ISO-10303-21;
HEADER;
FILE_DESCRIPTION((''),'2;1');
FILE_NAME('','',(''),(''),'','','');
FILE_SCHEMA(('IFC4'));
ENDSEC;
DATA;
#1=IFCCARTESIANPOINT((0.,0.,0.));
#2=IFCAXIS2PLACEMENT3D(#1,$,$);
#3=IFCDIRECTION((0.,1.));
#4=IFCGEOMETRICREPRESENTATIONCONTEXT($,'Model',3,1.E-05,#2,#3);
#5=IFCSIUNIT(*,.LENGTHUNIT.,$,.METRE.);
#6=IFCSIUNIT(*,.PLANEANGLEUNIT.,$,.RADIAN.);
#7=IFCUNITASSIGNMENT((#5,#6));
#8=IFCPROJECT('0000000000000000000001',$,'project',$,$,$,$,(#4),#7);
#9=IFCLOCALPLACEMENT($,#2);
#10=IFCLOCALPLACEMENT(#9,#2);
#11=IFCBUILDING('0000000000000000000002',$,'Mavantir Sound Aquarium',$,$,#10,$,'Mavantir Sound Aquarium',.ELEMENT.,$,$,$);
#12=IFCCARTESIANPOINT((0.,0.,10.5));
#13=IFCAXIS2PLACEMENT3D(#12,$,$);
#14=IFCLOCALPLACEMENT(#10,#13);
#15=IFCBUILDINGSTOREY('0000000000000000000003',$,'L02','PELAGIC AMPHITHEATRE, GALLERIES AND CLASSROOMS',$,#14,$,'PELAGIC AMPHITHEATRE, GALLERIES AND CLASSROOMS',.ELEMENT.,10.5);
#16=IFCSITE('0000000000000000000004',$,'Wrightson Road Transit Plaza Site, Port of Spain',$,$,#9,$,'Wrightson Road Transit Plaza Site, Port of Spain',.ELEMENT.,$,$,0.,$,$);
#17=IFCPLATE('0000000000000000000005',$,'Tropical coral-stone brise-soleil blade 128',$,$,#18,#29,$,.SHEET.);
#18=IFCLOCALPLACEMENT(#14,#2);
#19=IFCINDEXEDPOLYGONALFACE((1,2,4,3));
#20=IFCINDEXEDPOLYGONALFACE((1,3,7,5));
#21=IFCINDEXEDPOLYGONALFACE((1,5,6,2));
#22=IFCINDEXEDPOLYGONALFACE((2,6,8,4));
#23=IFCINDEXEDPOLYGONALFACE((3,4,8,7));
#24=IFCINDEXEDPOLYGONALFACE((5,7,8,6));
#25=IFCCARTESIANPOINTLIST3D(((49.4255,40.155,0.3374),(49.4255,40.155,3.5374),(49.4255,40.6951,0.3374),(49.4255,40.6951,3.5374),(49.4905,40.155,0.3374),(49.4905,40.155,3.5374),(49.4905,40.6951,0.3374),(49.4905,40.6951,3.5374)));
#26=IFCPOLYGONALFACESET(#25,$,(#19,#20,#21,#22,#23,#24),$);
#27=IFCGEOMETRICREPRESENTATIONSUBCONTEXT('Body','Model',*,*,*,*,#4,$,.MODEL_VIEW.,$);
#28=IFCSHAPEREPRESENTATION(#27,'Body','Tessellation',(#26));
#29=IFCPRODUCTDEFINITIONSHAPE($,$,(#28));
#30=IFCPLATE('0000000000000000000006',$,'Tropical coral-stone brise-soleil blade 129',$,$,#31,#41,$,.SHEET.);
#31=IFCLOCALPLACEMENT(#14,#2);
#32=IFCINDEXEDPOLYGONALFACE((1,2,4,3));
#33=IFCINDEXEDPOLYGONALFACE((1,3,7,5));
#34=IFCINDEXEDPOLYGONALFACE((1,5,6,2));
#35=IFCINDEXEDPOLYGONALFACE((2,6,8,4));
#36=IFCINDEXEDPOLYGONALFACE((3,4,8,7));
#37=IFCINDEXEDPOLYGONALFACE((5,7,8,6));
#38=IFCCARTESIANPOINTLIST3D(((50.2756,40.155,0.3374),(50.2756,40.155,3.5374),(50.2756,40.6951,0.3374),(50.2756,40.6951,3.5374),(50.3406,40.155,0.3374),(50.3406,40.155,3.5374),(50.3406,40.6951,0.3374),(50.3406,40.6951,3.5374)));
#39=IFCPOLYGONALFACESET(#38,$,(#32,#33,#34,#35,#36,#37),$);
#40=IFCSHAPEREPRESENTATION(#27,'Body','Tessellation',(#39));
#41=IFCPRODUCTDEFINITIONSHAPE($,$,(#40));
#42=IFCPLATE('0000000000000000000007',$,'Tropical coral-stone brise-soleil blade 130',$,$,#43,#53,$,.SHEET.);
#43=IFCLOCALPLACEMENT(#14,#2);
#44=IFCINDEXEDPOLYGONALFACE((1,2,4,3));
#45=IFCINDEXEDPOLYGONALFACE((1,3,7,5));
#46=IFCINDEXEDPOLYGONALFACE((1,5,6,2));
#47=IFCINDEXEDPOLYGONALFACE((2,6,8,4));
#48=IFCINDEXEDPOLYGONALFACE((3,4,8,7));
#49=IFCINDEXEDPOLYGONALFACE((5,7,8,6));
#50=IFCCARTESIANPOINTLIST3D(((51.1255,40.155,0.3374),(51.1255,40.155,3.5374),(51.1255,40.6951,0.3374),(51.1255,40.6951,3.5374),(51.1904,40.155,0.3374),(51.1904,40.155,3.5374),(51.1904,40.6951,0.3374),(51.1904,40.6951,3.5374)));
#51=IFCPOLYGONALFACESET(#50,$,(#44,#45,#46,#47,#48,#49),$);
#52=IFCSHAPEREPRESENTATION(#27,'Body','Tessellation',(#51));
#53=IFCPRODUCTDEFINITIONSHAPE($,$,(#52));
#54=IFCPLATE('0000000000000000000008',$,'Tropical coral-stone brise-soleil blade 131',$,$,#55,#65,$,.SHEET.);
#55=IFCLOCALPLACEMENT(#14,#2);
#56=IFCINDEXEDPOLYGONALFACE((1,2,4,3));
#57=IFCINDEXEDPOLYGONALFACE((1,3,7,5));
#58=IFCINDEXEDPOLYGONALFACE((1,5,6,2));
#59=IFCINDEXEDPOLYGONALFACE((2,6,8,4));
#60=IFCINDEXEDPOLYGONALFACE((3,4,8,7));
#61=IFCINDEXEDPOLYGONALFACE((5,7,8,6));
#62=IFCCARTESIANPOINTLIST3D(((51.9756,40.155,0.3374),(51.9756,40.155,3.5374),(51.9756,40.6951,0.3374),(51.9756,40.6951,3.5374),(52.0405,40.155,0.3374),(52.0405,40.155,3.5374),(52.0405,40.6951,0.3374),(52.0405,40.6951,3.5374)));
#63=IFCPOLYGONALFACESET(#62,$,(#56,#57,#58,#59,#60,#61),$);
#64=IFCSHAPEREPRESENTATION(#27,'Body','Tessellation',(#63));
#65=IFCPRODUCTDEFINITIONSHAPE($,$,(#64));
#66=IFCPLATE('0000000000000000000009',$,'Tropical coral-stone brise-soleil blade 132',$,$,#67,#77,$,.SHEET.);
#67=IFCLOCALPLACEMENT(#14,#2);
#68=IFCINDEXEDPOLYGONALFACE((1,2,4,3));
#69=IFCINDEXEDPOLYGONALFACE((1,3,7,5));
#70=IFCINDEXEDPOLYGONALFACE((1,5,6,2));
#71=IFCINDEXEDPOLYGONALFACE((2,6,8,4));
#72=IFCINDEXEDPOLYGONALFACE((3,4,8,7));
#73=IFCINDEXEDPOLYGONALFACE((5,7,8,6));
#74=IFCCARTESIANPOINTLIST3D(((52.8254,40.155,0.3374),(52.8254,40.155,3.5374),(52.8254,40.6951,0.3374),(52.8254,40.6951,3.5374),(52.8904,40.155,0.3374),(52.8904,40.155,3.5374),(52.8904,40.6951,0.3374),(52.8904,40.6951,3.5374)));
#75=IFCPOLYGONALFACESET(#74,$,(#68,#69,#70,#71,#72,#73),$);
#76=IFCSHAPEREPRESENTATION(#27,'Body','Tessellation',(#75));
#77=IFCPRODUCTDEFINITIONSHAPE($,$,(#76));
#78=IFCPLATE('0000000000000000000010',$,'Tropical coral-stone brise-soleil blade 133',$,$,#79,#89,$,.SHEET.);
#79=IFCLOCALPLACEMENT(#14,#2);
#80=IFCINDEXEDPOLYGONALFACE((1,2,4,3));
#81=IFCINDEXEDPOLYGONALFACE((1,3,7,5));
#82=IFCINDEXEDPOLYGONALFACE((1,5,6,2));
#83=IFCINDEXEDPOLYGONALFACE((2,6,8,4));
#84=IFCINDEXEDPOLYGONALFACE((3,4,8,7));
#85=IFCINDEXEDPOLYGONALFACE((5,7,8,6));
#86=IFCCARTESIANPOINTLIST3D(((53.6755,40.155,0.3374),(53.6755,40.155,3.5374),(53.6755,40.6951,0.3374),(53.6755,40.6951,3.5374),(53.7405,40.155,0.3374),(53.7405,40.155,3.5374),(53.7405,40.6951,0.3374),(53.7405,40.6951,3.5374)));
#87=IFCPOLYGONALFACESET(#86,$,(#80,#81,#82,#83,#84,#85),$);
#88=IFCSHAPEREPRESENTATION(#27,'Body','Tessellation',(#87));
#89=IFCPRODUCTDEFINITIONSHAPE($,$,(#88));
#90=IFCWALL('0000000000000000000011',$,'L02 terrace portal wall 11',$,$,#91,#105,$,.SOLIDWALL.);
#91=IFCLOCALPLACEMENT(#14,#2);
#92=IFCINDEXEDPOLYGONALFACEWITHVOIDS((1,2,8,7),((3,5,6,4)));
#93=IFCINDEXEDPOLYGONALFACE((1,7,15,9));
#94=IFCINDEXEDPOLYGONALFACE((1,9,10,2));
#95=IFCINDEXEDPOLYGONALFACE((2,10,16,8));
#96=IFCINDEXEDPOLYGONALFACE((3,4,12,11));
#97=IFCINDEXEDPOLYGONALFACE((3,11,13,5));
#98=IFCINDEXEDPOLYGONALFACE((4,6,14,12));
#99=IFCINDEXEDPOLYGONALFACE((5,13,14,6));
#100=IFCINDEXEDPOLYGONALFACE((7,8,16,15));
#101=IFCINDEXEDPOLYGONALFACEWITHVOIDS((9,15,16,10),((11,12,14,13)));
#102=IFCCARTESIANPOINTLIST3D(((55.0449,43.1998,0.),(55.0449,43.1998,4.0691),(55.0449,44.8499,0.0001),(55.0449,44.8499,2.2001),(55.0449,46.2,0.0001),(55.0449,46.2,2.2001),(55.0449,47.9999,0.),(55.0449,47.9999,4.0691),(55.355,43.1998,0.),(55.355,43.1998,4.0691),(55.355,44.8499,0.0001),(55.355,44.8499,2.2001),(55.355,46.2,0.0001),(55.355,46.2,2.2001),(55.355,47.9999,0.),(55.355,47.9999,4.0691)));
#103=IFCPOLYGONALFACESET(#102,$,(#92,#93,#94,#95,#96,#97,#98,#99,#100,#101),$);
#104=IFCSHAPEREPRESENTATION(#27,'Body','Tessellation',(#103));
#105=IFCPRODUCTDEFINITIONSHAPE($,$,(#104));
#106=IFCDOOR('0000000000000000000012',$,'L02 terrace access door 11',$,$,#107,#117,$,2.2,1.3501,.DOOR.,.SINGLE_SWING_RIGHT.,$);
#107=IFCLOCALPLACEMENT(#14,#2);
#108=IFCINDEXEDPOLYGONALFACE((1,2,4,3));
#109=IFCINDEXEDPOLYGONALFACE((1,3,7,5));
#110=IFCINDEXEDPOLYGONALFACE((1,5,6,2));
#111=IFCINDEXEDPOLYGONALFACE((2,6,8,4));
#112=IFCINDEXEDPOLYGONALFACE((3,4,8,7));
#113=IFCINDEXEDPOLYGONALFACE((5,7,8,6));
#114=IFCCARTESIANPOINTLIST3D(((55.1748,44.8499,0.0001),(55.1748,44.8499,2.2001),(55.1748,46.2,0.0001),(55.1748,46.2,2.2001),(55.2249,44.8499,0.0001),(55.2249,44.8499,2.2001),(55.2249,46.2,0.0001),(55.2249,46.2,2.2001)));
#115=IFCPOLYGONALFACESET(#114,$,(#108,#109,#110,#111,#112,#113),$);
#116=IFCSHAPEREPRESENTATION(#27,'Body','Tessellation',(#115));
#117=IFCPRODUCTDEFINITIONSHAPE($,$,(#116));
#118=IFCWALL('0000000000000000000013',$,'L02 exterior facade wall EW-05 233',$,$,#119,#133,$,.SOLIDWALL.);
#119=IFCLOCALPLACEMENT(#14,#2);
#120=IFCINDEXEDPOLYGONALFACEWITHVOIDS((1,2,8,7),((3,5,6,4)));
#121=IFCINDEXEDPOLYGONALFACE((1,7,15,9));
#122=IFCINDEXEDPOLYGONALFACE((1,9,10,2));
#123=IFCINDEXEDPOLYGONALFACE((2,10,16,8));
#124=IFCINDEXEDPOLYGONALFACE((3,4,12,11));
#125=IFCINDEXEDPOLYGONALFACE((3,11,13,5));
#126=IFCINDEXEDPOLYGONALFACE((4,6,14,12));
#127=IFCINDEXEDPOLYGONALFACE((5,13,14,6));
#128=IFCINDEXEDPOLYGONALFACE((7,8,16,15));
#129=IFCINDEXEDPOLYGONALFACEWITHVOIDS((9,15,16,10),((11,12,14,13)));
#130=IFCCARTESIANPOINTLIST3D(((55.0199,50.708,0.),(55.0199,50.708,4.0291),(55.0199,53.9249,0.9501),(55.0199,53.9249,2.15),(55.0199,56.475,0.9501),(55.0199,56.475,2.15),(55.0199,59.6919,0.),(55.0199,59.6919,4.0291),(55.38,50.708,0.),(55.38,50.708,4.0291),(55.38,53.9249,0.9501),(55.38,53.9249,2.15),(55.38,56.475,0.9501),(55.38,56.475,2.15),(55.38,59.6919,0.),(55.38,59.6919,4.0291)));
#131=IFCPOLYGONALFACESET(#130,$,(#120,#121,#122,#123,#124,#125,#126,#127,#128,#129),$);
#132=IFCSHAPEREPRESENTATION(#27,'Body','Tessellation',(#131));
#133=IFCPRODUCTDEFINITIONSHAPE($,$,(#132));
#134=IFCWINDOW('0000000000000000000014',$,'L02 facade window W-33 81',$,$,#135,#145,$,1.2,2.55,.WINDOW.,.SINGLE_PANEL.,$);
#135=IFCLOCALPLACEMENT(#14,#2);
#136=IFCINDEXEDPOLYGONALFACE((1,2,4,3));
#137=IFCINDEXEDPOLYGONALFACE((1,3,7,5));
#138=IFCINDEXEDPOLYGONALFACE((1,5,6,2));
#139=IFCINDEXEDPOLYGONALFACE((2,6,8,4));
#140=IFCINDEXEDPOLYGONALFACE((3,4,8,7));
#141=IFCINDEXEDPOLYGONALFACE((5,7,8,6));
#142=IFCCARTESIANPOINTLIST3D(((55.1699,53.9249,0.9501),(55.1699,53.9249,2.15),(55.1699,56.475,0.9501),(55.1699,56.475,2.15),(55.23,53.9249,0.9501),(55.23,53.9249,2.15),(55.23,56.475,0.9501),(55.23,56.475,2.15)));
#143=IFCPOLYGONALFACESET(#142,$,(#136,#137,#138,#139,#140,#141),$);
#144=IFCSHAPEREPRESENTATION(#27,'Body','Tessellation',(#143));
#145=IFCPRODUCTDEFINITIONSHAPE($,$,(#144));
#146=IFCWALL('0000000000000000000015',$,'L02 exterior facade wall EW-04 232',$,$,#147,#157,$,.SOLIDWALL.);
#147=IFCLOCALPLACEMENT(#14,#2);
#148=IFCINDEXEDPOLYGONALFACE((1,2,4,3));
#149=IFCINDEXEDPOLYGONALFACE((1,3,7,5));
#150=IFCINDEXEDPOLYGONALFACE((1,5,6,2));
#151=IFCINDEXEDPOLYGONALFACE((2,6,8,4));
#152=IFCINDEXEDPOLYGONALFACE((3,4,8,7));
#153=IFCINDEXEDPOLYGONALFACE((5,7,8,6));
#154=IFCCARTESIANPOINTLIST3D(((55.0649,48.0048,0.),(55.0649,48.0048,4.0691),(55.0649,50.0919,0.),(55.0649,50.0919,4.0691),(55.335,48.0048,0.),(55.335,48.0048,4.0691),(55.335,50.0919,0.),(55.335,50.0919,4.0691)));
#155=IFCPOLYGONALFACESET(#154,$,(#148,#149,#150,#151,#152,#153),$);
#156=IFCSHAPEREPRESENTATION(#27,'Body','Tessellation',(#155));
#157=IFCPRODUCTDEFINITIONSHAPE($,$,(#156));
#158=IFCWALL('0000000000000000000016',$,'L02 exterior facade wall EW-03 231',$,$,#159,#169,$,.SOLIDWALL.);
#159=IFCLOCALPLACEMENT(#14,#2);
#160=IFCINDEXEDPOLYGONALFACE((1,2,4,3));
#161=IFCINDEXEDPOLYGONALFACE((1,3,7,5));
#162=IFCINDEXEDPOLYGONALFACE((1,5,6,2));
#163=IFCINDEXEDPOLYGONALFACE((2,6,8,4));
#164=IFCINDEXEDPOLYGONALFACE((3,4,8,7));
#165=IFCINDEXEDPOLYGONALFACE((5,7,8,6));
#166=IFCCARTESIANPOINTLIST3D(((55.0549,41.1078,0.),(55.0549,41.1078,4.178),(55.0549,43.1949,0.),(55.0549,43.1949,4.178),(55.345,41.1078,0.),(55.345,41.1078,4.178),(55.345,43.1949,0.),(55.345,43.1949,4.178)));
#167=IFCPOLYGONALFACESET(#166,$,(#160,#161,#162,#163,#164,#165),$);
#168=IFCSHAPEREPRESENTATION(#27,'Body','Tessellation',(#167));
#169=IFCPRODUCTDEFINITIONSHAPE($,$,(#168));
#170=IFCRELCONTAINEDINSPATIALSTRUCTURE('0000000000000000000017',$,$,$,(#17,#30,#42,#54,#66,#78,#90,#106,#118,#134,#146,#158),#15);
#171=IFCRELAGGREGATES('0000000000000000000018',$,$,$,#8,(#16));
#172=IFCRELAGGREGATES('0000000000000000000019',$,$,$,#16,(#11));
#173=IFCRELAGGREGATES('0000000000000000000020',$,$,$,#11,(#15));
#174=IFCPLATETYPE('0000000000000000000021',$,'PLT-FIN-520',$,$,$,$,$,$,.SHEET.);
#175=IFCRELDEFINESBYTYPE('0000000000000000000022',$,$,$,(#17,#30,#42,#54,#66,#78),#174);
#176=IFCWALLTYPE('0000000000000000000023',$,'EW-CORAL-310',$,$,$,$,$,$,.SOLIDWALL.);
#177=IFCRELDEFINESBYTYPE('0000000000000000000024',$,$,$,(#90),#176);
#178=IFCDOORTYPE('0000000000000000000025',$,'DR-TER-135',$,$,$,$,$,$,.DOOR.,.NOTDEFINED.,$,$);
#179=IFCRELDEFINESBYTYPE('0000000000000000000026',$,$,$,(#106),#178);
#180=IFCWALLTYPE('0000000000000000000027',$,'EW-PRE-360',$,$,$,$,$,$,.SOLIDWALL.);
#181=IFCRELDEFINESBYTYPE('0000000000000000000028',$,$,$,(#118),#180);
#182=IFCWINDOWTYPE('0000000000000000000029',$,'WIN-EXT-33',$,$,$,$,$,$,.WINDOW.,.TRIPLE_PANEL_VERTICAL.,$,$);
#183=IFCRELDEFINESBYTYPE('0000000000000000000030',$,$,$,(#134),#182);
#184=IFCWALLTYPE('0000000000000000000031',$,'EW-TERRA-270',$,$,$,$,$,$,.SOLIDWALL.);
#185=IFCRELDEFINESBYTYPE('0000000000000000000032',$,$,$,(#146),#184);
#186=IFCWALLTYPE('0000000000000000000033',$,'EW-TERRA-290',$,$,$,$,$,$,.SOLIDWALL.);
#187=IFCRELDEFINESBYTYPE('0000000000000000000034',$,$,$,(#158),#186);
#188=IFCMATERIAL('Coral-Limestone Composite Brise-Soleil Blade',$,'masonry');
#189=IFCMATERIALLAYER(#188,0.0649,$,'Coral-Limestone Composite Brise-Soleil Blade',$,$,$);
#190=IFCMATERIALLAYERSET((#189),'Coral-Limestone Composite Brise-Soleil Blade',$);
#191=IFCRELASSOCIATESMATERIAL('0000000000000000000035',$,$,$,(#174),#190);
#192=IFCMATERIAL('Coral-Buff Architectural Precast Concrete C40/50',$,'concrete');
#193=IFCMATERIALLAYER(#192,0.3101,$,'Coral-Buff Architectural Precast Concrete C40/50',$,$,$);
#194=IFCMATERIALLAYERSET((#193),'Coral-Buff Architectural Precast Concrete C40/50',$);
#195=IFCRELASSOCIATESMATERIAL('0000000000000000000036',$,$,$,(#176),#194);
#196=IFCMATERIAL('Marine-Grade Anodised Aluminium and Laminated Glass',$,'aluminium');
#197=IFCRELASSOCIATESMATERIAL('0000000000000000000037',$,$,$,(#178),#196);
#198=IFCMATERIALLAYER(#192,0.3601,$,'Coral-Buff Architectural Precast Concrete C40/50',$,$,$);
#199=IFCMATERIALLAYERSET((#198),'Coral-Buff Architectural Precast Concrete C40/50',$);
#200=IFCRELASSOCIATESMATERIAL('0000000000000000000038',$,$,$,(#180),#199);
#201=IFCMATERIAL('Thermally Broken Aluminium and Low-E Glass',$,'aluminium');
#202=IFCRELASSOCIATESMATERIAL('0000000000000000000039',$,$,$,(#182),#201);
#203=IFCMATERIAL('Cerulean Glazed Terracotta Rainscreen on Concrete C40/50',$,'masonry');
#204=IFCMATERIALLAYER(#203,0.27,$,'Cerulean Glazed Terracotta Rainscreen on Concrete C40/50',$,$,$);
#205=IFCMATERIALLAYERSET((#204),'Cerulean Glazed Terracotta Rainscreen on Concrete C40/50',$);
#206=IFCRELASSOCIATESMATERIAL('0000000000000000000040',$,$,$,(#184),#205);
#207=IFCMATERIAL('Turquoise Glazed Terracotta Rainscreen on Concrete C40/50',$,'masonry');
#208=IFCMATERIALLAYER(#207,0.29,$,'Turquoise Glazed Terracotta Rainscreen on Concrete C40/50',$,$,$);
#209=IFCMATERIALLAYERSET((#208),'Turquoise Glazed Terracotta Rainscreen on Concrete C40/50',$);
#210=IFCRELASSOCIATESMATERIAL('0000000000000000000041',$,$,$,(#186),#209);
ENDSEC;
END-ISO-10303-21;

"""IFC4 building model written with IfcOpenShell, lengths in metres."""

from ifc_helpers import new_model, si_unit, direction, frame, frame_2d, origin, origin_2d, place, context, subcontext, project, spatial, rectangle, extrude, material, layer, layer_set, type_object, element, fill, save


model = new_model("IFC4")

# Units and contexts
model_context = context("Model", 3, precision=1e-05, world=origin(), true_north=direction((0.0, 1.0)))
body_context = subcontext(model_context, "Body", "Model", "MODEL_VIEW")
ifc_project = project(units=[si_unit("LENGTHUNIT", "METRE"), si_unit("PLANEANGLEUNIT", "RADIAN")], contexts=[model_context])

# Site, building, storey
site_placement = place(None, origin())
site = spatial("IfcSite", under=ifc_project, at=site_placement, Name="Wrightson Road Transit Plaza Site, Port of Spain", LongName="Wrightson Road Transit Plaza Site, Port of Spain", CompositionType="ELEMENT", RefElevation=0.0)
building_placement = place(site_placement, origin())
building = spatial("IfcBuilding", under=site, at=building_placement, Name="Mavantir Sound Aquarium", LongName="Mavantir Sound Aquarium", CompositionType="ELEMENT")
storey_placement = place(building_placement, frame((0.0, 0.0, 10.5)))
storey = spatial("IfcBuildingStorey", under=building, at=storey_placement, Name="L02", Description="PELAGIC AMPHITHEATRE, GALLERIES AND CLASSROOMS", LongName="PELAGIC AMPHITHEATRE, GALLERIES AND CLASSROOMS", CompositionType="ELEMENT", Elevation=10.5)

# Plates
ifc_material_1 = material(Name="Coral-Limestone Composite Brise-Soleil Blade", Category="masonry")
ifc_layer_1 = layer(ifc_material_1, 0.0649, Name="Coral-Limestone Composite Brise-Soleil Blade")
ifc_layer_set_1 = layer_set([ifc_layer_1], Name="Coral-Limestone Composite Brise-Soleil Blade")
plate_type = type_object("IfcPlateType", Name="PLT-FIN-520", PredefinedType="SHEET", material=ifc_layer_set_1)
for number, where, z_axis, x_axis, name in (
    (1, (49.458, 40.425, 0.3374), (0.0, 0.0, 1.0), (-1.0, 0.0, 0.0), "Tropical coral-stone brise-soleil blade 128"),
    (2, (50.3081, 40.425, 0.3374), (0.0, 0.0, 1.0), (-1.0, 0.0, 0.0), "Tropical coral-stone brise-soleil blade 129"),
    (3, (51.158, 40.425, 0.3374), (0.0, 0.0, 1.0), (-1.0, 0.0, 0.0), "Tropical coral-stone brise-soleil blade 130"),
    (4, (52.0081, 40.425, 0.3374), (0.0, 0.0, 1.0), (-1.0, 0.0, 0.0), "Tropical coral-stone brise-soleil blade 131"),
    (5, (52.8579, 40.425, 0.3374), (0.0, 0.0, 1.0), (-1.0, 0.0, 0.0), "Tropical coral-stone brise-soleil blade 132"),
    (6, (53.708, 40.425, 0.3374), (0.0, 0.0, 1.0), (-1.0, 0.0, 0.0), "Tropical coral-stone brise-soleil blade 133"),
):
    element("IfcPlate", number, at=place(storey_placement, frame(where, z_axis=z_axis, x_axis=x_axis)), inside=storey, type_object=plate_type, Name=name, PredefinedType="SHEET", context=body_context, shape_type="SweptSolid", body=[
        extrude(rectangle(XDim=0.0649, YDim=0.54, at=origin_2d()), origin(), (0.0, 0.0, 1.0), 3.2),
    ])

# Wall, opening, door
ifc_material_2 = material(Name="Coral-Buff Architectural Precast Concrete C40/50", Category="concrete")
ifc_layer_2 = layer(ifc_material_2, 0.3101, Name="Coral-Buff Architectural Precast Concrete C40/50")
ifc_layer_set_2 = layer_set([ifc_layer_2], Name="Coral-Buff Architectural Precast Concrete C40/50")
wall_type_1 = type_object("IfcWallType", Name="EW-CORAL-310", PredefinedType="SOLIDWALL", material=ifc_layer_set_2)
wall_1_placement = place(storey_placement, frame((55.2, 43.2, 0.0), z_axis=(0.0, 0.0, 1.0), x_axis=(0.0, 1.0, 0.0)))
wall_1 = element("IfcWall", 7, at=wall_1_placement, inside=storey, type_object=wall_type_1, Name="L02 terrace portal wall 11", PredefinedType="SOLIDWALL", context=body_context, shape_type="SweptSolid", body=[
    extrude(rectangle(XDim=4.8, YDim=0.3101, at=frame_2d((2.3999, 0.0))), origin(), (0.0, 0.0, 1.0), 4.0691),
])
opening_1_placement = place(wall_1_placement, frame((3.0, 0.0, 0.0), z_axis=(0.0, 0.0, 1.0), x_axis=(-1.0, 0.0, 0.0)))
opening_1 = element("IfcOpeningElement", 8, at=opening_1_placement, cuts=wall_1, PredefinedType="OPENING", context=body_context, shape_type="SweptSolid", body=[
    extrude(rectangle(XDim=1.3501, YDim=2.2, at=frame_2d((0.675, 1.1001))), frame((0.0, 0.165, 0.0), z_axis=(0.0, -1.0, 0.0), x_axis=(1.0, 0.0, 0.0)), (0.0, 0.0, 1.0), 0.3301),
])
ifc_material_3 = material(Name="Marine-Grade Anodised Aluminium and Laminated Glass", Category="aluminium")
door_type_1 = type_object("IfcDoorType", Name="DR-TER-135", OperationType="NOTDEFINED", PredefinedType="DOOR", material=ifc_material_3)
door_1_placement = place(opening_1_placement, origin())
door_1 = element("IfcDoor", 9, at=door_1_placement, inside=storey, type_object=door_type_1, Name="L02 terrace access door 11", OperationType="SINGLE_SWING_RIGHT", OverallHeight=2.2, OverallWidth=1.3501, PredefinedType="DOOR", context=body_context, shape_type="SweptSolid", body=[
    extrude(rectangle(XDim=1.3501, YDim=2.2, at=frame_2d((0.675, 1.1001))), frame((0.0, 0.0249, 0.0), z_axis=(0.0, -1.0, 0.0), x_axis=(1.0, 0.0, 0.0)), (0.0, 0.0, 1.0), 0.05),
])
fill(opening_1, door_1)

# Wall, opening, window
ifc_layer_3 = layer(ifc_material_2, 0.3601, Name="Coral-Buff Architectural Precast Concrete C40/50")
ifc_layer_set_3 = layer_set([ifc_layer_3], Name="Coral-Buff Architectural Precast Concrete C40/50")
wall_type_2 = type_object("IfcWallType", Name="EW-PRE-360", PredefinedType="SOLIDWALL", material=ifc_layer_set_3)
wall_2_placement = place(storey_placement, frame((55.2, 50.708, 0.0), z_axis=(0.0, 0.0, 1.0), x_axis=(0.0, 1.0, 0.0)))
wall_2 = element("IfcWall", 10, at=wall_2_placement, inside=storey, type_object=wall_type_2, Name="L02 exterior facade wall EW-05 233", PredefinedType="SOLIDWALL", context=body_context, shape_type="SweptSolid", body=[
    extrude(rectangle(XDim=8.9839, YDim=0.3601, at=frame_2d((4.4919, 0.0))), origin(), (0.0, 0.0, 1.0), 4.0291),
])
opening_2_placement = place(wall_2_placement, frame((3.217, 0.0, 0.95)))
opening_2 = element("IfcOpeningElement", 11, at=opening_2_placement, cuts=wall_2, PredefinedType="OPENING", context=body_context, shape_type="SweptSolid", body=[
    extrude(rectangle(XDim=2.55, YDim=1.2, at=frame_2d((1.2749, 0.6001))), frame((0.0, 0.1899, 0.0), z_axis=(0.0, -1.0, 0.0), x_axis=(1.0, 0.0, 0.0)), (0.0, 0.0, 1.0), 0.3801),
])
ifc_material_4 = material(Name="Thermally Broken Aluminium and Low-E Glass", Category="aluminium")
window_type_1 = type_object("IfcWindowType", Name="WIN-EXT-33", PartitioningType="TRIPLE_PANEL_VERTICAL", PredefinedType="WINDOW", material=ifc_material_4)
window_1_placement = place(opening_2_placement, origin())
window_1 = element("IfcWindow", 12, at=window_1_placement, inside=storey, type_object=window_type_1, Name="L02 facade window W-33 81", OverallHeight=1.2, OverallWidth=2.55, PartitioningType="SINGLE_PANEL", PredefinedType="WINDOW", context=body_context, shape_type="SweptSolid", body=[
    extrude(rectangle(XDim=2.55, YDim=1.2, at=frame_2d((1.2749, 0.6001))), frame((0.0, 0.03, 0.0), z_axis=(0.0, -1.0, 0.0), x_axis=(1.0, 0.0, 0.0)), (0.0, 0.0, 1.0), 0.0601),
])
fill(opening_2, window_1)

# Walls
ifc_material_5 = material(Name="Cerulean Glazed Terracotta Rainscreen on Concrete C40/50", Category="masonry")
ifc_layer_4 = layer(ifc_material_5, 0.27, Name="Cerulean Glazed Terracotta Rainscreen on Concrete C40/50")
ifc_layer_set_4 = layer_set([ifc_layer_4], Name="Cerulean Glazed Terracotta Rainscreen on Concrete C40/50")
wall_type_3 = type_object("IfcWallType", Name="EW-TERRA-270", PredefinedType="SOLIDWALL", material=ifc_layer_set_4)
wall_3_placement = place(storey_placement, frame((55.2, 48.0049, 0.0), z_axis=(0.0, 0.0, 1.0), x_axis=(0.0, 1.0, 0.0)))
element("IfcWall", 13, at=wall_3_placement, inside=storey, type_object=wall_type_3, Name="L02 exterior facade wall EW-04 232", PredefinedType="SOLIDWALL", context=body_context, shape_type="SweptSolid", body=[
    extrude(rectangle(XDim=2.0872, YDim=0.27, at=frame_2d((1.0435, 0.0))), origin(), (0.0, 0.0, 1.0), 4.0691),
])
ifc_material_6 = material(Name="Turquoise Glazed Terracotta Rainscreen on Concrete C40/50", Category="masonry")
ifc_layer_5 = layer(ifc_material_6, 0.29, Name="Turquoise Glazed Terracotta Rainscreen on Concrete C40/50")
ifc_layer_set_5 = layer_set([ifc_layer_5], Name="Turquoise Glazed Terracotta Rainscreen on Concrete C40/50")
wall_type_4 = type_object("IfcWallType", Name="EW-TERRA-290", PredefinedType="SOLIDWALL", material=ifc_layer_set_5)
wall_4_placement = place(storey_placement, frame((55.2, 41.1079, 0.0), z_axis=(0.0, 0.0, 1.0), x_axis=(0.0, 1.0, 0.0)))
element("IfcWall", 14, at=wall_4_placement, inside=storey, type_object=wall_type_4, Name="L02 exterior facade wall EW-03 231", PredefinedType="SOLIDWALL", context=body_context, shape_type="SweptSolid", body=[
    extrude(rectangle(XDim=2.0872, YDim=0.29, at=frame_2d((1.0435, 0.0))), origin(), (0.0, 0.0, 1.0), 4.178),
])

save(model, "model.ifc")
